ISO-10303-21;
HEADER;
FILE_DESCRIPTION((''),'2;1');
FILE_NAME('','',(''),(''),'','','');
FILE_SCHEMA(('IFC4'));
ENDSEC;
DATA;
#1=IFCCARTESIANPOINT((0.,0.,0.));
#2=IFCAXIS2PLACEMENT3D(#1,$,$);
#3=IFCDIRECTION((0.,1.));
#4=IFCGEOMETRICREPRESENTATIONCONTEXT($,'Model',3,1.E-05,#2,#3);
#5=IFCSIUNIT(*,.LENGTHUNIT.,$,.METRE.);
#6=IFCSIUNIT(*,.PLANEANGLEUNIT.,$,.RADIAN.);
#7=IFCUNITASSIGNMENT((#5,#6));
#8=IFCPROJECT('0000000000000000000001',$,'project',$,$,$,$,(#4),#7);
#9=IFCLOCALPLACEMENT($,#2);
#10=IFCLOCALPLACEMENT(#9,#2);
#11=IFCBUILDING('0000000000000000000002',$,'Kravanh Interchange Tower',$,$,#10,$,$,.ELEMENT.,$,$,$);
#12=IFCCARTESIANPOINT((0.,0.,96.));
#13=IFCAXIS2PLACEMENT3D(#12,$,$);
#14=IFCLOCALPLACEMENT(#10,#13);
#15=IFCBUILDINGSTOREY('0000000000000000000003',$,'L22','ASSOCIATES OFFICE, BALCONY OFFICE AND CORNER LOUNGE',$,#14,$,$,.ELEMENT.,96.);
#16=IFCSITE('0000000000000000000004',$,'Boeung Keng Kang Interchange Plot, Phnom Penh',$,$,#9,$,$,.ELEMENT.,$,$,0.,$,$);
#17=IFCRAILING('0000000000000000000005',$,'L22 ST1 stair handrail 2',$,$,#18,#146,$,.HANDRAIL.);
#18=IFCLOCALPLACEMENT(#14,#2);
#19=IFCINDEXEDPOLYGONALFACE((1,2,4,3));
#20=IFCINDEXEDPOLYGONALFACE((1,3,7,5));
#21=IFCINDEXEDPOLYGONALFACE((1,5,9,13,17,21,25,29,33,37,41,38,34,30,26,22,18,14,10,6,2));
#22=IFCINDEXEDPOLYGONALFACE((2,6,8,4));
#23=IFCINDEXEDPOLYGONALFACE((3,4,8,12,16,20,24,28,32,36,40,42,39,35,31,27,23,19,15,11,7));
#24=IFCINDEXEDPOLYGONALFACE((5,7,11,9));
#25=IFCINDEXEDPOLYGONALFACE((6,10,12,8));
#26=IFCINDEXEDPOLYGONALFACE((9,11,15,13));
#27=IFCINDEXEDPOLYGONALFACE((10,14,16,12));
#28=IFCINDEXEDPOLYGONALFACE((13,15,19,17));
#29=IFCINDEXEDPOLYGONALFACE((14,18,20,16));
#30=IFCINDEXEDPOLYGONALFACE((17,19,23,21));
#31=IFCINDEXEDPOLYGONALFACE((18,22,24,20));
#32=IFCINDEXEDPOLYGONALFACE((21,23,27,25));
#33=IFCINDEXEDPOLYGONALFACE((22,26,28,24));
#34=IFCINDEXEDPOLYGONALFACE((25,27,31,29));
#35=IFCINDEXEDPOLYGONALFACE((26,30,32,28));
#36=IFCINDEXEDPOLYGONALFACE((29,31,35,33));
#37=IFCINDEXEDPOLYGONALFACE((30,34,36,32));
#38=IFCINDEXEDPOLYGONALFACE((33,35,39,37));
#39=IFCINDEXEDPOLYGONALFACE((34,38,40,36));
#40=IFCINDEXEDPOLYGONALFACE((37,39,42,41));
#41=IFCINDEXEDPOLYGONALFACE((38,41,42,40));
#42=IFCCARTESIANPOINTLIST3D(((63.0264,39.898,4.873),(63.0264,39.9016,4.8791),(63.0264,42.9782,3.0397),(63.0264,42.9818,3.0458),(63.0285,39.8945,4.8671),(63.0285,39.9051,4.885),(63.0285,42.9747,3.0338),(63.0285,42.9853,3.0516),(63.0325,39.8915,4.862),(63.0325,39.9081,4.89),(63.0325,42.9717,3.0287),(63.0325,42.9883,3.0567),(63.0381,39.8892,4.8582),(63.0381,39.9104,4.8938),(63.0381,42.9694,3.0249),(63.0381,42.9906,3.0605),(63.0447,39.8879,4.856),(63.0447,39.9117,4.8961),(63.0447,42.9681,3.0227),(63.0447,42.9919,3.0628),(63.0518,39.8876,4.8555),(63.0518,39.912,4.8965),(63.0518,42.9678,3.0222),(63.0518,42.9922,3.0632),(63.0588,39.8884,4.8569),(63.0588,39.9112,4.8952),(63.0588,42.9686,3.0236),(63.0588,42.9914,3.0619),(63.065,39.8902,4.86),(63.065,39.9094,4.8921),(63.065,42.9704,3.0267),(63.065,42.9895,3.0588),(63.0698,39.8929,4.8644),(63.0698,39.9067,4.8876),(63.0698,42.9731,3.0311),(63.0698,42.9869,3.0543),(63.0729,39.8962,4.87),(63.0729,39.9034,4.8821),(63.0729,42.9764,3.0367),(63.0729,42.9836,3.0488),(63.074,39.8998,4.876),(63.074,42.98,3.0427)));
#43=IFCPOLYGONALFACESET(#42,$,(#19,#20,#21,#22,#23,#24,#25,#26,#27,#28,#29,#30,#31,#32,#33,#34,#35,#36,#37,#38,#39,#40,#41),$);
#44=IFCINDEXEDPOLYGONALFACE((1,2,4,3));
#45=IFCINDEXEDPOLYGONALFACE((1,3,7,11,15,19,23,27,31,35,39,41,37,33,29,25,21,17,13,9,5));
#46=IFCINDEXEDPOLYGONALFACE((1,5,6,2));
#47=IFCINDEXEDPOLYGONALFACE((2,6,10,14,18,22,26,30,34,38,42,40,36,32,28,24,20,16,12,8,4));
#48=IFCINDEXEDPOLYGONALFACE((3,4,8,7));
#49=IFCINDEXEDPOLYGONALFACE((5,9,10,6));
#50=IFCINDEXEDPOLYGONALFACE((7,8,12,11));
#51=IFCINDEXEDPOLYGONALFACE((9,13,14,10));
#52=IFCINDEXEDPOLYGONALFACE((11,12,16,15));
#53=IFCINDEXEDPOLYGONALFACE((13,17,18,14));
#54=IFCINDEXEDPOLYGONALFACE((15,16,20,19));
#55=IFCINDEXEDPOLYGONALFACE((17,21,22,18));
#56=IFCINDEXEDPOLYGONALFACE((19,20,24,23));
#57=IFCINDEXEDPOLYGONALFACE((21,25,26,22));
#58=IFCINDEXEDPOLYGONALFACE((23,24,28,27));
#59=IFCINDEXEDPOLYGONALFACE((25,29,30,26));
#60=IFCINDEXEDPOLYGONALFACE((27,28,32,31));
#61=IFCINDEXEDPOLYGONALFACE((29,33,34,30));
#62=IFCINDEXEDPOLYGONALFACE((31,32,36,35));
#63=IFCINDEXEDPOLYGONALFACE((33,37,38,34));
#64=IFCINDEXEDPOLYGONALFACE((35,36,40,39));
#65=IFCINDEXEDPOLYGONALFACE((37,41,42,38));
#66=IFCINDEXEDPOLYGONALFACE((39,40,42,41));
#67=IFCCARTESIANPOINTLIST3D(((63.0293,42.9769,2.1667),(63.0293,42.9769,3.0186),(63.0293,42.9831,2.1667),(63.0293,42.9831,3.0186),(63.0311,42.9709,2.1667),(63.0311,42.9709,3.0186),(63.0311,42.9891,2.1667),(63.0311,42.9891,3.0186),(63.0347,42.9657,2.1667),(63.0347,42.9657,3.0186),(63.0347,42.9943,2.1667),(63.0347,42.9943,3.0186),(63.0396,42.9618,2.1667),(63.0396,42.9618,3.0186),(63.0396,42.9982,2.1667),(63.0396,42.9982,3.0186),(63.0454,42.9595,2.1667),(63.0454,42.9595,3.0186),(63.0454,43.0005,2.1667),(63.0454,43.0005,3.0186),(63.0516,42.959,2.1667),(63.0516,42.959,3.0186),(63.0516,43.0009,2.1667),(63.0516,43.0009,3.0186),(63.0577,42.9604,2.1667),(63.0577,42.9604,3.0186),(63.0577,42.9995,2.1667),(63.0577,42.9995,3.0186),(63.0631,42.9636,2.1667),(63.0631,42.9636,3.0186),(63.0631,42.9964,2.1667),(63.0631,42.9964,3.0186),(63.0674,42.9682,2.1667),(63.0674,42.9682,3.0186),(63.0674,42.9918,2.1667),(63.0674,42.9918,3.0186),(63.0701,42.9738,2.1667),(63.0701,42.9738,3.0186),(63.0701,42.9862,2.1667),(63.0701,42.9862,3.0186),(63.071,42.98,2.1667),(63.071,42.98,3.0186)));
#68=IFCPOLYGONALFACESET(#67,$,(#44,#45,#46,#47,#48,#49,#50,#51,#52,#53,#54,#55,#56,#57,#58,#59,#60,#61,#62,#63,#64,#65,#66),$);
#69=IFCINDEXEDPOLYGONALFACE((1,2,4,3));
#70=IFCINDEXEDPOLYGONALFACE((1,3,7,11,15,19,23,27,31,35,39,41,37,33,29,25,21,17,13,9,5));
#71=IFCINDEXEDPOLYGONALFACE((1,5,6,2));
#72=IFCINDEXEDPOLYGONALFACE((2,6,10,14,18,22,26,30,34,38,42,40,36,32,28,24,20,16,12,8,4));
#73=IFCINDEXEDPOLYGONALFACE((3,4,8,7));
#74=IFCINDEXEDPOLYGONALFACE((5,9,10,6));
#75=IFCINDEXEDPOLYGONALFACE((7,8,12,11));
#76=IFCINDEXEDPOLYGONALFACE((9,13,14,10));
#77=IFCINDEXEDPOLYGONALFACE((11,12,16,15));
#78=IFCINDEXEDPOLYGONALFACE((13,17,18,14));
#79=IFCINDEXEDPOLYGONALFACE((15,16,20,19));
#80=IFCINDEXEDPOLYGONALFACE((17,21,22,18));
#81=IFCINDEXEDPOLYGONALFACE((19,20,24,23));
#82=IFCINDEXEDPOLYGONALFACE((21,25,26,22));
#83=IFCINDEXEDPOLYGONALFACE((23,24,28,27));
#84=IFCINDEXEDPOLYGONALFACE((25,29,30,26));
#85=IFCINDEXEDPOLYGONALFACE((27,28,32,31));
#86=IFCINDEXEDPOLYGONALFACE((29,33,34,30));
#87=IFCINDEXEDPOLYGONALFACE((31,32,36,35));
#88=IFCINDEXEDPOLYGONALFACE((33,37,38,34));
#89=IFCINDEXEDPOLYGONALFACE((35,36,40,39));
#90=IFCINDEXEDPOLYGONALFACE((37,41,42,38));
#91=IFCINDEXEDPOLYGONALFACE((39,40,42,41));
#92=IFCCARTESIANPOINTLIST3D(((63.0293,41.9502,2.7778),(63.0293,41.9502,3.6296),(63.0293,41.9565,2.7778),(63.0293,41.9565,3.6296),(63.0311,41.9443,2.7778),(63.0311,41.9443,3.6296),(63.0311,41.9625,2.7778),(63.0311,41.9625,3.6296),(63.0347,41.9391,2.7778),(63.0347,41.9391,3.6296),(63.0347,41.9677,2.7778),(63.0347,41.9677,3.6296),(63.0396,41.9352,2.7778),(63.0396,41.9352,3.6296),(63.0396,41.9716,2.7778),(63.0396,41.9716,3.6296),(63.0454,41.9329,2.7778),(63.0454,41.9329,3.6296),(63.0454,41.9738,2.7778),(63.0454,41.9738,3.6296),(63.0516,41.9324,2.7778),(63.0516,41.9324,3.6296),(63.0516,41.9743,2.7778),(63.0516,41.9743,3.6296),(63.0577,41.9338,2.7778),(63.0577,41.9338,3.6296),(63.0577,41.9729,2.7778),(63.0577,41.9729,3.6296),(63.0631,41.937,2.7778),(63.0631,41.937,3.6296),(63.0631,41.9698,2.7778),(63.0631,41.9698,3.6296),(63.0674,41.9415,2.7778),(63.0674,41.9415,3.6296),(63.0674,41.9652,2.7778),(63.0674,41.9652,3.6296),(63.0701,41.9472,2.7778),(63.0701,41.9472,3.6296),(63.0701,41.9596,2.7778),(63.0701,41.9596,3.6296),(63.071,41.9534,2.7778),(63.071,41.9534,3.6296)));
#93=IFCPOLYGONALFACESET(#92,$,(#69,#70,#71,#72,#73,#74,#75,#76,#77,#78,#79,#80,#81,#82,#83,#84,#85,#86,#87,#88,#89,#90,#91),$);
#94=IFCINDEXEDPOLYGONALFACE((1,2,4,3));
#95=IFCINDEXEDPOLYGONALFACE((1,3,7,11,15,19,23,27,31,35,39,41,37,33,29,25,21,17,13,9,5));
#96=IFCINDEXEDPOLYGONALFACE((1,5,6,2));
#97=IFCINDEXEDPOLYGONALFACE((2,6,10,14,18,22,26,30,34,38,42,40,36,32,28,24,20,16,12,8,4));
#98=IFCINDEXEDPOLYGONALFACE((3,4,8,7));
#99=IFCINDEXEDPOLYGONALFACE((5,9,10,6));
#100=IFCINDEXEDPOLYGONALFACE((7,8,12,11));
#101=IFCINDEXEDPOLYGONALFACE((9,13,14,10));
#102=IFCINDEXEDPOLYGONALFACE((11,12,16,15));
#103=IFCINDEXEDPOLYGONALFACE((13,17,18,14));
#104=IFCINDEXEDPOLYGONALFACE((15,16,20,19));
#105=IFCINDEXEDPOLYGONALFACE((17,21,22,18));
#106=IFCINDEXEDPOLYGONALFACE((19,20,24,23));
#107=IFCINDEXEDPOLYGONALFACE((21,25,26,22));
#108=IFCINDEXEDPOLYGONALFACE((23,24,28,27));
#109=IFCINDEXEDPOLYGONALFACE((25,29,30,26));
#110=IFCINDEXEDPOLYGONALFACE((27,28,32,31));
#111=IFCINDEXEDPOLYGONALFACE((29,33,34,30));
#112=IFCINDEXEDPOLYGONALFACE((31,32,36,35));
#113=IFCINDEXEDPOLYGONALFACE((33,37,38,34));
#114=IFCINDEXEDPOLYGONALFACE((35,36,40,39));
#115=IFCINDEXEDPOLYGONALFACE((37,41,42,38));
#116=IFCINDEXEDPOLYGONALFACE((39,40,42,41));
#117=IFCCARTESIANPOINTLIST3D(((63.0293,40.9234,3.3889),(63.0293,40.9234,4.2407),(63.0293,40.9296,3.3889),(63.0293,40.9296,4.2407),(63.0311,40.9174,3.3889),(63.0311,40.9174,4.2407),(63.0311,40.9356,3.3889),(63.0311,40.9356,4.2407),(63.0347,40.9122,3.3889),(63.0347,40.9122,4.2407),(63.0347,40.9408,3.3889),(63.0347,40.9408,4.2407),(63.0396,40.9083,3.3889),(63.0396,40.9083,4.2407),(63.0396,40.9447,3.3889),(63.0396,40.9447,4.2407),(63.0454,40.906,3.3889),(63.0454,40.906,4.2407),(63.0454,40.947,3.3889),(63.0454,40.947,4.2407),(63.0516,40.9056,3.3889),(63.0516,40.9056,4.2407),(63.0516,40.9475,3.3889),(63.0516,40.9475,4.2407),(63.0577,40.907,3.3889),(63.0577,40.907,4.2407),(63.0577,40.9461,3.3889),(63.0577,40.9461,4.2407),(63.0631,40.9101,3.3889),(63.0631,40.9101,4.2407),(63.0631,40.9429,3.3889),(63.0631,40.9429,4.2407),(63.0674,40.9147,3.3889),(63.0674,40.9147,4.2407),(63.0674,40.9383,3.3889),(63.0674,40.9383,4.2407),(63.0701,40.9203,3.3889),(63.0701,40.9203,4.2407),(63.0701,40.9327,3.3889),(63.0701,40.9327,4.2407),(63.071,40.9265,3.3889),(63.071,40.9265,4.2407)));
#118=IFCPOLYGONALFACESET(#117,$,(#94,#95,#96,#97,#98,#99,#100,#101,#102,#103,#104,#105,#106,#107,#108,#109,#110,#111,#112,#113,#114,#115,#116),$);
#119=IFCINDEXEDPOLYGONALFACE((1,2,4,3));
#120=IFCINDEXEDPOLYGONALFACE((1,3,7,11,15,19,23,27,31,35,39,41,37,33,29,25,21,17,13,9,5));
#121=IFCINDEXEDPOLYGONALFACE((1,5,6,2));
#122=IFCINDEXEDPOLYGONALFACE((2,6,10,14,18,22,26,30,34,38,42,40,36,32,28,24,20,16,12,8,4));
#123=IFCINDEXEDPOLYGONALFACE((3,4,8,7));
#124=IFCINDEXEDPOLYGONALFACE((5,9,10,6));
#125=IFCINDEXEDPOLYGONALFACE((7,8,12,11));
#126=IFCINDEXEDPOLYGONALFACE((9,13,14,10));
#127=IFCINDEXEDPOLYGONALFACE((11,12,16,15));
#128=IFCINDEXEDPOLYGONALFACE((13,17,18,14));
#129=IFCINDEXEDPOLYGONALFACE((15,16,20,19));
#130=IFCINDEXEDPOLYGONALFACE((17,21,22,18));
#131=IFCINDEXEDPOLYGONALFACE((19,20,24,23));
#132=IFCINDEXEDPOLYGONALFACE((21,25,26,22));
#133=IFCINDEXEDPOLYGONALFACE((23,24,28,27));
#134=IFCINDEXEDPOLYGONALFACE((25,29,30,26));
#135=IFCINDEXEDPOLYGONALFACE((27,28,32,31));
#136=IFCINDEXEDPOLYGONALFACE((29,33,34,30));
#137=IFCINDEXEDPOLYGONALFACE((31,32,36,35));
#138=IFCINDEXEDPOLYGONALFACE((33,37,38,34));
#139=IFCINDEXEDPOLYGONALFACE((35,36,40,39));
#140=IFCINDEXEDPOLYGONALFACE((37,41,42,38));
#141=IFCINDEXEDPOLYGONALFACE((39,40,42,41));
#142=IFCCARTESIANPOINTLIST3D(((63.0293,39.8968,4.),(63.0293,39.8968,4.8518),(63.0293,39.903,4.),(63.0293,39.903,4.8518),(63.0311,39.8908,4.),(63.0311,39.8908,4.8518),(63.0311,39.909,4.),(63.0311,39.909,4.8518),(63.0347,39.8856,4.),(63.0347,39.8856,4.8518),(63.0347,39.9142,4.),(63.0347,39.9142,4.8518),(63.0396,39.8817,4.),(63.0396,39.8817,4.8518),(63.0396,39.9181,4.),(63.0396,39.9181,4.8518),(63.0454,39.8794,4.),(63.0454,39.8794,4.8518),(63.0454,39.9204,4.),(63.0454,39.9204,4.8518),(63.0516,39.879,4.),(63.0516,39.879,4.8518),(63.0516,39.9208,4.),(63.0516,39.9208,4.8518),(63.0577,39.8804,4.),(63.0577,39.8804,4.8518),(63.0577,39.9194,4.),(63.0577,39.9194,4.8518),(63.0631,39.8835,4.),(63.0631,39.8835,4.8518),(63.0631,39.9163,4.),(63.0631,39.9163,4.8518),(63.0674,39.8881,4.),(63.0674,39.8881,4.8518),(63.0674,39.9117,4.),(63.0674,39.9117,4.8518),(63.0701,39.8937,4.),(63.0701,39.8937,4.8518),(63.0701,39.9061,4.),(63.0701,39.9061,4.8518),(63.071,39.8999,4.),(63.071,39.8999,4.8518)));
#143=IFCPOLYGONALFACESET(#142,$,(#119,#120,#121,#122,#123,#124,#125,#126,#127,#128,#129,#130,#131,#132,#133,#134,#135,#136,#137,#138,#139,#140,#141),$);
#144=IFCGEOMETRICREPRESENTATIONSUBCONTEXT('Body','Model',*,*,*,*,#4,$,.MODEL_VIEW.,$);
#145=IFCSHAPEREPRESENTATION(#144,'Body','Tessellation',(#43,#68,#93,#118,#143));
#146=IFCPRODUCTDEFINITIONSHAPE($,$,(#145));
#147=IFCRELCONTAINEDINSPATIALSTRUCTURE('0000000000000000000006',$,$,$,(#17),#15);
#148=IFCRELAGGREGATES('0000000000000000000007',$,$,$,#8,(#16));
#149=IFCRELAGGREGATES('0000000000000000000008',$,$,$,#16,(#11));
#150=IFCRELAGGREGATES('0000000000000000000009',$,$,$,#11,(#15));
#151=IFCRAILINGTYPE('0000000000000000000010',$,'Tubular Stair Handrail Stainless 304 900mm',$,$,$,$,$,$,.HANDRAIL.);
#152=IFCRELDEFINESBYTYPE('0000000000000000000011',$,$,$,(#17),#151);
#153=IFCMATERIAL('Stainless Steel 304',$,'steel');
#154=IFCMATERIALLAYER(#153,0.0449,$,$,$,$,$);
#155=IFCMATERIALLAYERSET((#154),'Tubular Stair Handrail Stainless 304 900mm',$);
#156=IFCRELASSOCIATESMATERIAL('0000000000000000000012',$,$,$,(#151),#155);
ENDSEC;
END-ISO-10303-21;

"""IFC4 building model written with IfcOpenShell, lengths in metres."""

from ifc_helpers import new_model, si_unit, direction, frame, origin, origin_2d, place, context, subcontext, project, spatial, circle, extrude, material, layer, layer_set, type_object, element, save


model = new_model("IFC4")

# Units and contexts
model_context = context("Model", 3, precision=1e-05, world=origin(), true_north=direction((0.0, 1.0)))
body_context = subcontext(model_context, "Body", "Model", "MODEL_VIEW")
ifc_project = project(units=[si_unit("LENGTHUNIT", "METRE"), si_unit("PLANEANGLEUNIT", "RADIAN")], contexts=[model_context])

# Site, building, storey
site_placement = place(None, origin())
site = spatial("IfcSite", under=ifc_project, at=site_placement, Name="Boeung Keng Kang Interchange Plot, Phnom Penh", CompositionType="ELEMENT", RefElevation=0.0)
building_placement = place(site_placement, origin())
building = spatial("IfcBuilding", under=site, at=building_placement, Name="Kravanh Interchange Tower", CompositionType="ELEMENT")
storey_placement = place(building_placement, frame((0.0, 0.0, 96.0)))
storey = spatial("IfcBuildingStorey", under=building, at=storey_placement, Name="L22", Description="ASSOCIATES OFFICE, BALCONY OFFICE AND CORNER LOUNGE", CompositionType="ELEMENT", Elevation=96.0)

# Railing
ifc_material_1 = material(Name="Stainless Steel 304", Category="steel")
ifc_layer_1 = layer(ifc_material_1, 0.0449)
ifc_layer_set_1 = layer_set([ifc_layer_1], Name="Tubular Stair Handrail Stainless 304 900mm")
railing_type_1 = type_object("IfcRailingType", Name="Tubular Stair Handrail Stainless 304 900mm", PredefinedType="HANDRAIL", material=ifc_layer_set_1)
railing_1_placement = place(storey_placement, frame((63.05, 42.98, 2.1667)))
element("IfcRailing", 1, at=railing_1_placement, inside=storey, type_object=railing_type_1, Name="L22 ST1 stair handrail 2", PredefinedType="HANDRAIL", context=body_context, shape_type="SweptSolid", body=[
    extrude(circle(Radius=0.0239, at=origin_2d()), frame((0.0, 0.0, 0.876), z_axis=(0.0, -0.859309, 0.511458), x_axis=(1.0, 0.0, 0.0)), (0.0, 0.0, 1.0), 3.5845),
    extrude(circle(Radius=0.021, at=origin_2d()), origin(), (0.0, 0.0, 1.0), 0.8518),
    extrude(circle(Radius=0.021, at=origin_2d()), frame((0.0, -1.0266, 0.6111)), (0.0, 0.0, 1.0), 0.8518),
    extrude(circle(Radius=0.021, at=origin_2d()), frame((0.0, -2.0535, 1.2222)), (0.0, 0.0, 1.0), 0.8518),
    extrude(circle(Radius=0.021, at=origin_2d()), frame((0.0, -3.0801, 1.8333)), (0.0, 0.0, 1.0), 0.8518),
])

save(model, "model.ifc")
